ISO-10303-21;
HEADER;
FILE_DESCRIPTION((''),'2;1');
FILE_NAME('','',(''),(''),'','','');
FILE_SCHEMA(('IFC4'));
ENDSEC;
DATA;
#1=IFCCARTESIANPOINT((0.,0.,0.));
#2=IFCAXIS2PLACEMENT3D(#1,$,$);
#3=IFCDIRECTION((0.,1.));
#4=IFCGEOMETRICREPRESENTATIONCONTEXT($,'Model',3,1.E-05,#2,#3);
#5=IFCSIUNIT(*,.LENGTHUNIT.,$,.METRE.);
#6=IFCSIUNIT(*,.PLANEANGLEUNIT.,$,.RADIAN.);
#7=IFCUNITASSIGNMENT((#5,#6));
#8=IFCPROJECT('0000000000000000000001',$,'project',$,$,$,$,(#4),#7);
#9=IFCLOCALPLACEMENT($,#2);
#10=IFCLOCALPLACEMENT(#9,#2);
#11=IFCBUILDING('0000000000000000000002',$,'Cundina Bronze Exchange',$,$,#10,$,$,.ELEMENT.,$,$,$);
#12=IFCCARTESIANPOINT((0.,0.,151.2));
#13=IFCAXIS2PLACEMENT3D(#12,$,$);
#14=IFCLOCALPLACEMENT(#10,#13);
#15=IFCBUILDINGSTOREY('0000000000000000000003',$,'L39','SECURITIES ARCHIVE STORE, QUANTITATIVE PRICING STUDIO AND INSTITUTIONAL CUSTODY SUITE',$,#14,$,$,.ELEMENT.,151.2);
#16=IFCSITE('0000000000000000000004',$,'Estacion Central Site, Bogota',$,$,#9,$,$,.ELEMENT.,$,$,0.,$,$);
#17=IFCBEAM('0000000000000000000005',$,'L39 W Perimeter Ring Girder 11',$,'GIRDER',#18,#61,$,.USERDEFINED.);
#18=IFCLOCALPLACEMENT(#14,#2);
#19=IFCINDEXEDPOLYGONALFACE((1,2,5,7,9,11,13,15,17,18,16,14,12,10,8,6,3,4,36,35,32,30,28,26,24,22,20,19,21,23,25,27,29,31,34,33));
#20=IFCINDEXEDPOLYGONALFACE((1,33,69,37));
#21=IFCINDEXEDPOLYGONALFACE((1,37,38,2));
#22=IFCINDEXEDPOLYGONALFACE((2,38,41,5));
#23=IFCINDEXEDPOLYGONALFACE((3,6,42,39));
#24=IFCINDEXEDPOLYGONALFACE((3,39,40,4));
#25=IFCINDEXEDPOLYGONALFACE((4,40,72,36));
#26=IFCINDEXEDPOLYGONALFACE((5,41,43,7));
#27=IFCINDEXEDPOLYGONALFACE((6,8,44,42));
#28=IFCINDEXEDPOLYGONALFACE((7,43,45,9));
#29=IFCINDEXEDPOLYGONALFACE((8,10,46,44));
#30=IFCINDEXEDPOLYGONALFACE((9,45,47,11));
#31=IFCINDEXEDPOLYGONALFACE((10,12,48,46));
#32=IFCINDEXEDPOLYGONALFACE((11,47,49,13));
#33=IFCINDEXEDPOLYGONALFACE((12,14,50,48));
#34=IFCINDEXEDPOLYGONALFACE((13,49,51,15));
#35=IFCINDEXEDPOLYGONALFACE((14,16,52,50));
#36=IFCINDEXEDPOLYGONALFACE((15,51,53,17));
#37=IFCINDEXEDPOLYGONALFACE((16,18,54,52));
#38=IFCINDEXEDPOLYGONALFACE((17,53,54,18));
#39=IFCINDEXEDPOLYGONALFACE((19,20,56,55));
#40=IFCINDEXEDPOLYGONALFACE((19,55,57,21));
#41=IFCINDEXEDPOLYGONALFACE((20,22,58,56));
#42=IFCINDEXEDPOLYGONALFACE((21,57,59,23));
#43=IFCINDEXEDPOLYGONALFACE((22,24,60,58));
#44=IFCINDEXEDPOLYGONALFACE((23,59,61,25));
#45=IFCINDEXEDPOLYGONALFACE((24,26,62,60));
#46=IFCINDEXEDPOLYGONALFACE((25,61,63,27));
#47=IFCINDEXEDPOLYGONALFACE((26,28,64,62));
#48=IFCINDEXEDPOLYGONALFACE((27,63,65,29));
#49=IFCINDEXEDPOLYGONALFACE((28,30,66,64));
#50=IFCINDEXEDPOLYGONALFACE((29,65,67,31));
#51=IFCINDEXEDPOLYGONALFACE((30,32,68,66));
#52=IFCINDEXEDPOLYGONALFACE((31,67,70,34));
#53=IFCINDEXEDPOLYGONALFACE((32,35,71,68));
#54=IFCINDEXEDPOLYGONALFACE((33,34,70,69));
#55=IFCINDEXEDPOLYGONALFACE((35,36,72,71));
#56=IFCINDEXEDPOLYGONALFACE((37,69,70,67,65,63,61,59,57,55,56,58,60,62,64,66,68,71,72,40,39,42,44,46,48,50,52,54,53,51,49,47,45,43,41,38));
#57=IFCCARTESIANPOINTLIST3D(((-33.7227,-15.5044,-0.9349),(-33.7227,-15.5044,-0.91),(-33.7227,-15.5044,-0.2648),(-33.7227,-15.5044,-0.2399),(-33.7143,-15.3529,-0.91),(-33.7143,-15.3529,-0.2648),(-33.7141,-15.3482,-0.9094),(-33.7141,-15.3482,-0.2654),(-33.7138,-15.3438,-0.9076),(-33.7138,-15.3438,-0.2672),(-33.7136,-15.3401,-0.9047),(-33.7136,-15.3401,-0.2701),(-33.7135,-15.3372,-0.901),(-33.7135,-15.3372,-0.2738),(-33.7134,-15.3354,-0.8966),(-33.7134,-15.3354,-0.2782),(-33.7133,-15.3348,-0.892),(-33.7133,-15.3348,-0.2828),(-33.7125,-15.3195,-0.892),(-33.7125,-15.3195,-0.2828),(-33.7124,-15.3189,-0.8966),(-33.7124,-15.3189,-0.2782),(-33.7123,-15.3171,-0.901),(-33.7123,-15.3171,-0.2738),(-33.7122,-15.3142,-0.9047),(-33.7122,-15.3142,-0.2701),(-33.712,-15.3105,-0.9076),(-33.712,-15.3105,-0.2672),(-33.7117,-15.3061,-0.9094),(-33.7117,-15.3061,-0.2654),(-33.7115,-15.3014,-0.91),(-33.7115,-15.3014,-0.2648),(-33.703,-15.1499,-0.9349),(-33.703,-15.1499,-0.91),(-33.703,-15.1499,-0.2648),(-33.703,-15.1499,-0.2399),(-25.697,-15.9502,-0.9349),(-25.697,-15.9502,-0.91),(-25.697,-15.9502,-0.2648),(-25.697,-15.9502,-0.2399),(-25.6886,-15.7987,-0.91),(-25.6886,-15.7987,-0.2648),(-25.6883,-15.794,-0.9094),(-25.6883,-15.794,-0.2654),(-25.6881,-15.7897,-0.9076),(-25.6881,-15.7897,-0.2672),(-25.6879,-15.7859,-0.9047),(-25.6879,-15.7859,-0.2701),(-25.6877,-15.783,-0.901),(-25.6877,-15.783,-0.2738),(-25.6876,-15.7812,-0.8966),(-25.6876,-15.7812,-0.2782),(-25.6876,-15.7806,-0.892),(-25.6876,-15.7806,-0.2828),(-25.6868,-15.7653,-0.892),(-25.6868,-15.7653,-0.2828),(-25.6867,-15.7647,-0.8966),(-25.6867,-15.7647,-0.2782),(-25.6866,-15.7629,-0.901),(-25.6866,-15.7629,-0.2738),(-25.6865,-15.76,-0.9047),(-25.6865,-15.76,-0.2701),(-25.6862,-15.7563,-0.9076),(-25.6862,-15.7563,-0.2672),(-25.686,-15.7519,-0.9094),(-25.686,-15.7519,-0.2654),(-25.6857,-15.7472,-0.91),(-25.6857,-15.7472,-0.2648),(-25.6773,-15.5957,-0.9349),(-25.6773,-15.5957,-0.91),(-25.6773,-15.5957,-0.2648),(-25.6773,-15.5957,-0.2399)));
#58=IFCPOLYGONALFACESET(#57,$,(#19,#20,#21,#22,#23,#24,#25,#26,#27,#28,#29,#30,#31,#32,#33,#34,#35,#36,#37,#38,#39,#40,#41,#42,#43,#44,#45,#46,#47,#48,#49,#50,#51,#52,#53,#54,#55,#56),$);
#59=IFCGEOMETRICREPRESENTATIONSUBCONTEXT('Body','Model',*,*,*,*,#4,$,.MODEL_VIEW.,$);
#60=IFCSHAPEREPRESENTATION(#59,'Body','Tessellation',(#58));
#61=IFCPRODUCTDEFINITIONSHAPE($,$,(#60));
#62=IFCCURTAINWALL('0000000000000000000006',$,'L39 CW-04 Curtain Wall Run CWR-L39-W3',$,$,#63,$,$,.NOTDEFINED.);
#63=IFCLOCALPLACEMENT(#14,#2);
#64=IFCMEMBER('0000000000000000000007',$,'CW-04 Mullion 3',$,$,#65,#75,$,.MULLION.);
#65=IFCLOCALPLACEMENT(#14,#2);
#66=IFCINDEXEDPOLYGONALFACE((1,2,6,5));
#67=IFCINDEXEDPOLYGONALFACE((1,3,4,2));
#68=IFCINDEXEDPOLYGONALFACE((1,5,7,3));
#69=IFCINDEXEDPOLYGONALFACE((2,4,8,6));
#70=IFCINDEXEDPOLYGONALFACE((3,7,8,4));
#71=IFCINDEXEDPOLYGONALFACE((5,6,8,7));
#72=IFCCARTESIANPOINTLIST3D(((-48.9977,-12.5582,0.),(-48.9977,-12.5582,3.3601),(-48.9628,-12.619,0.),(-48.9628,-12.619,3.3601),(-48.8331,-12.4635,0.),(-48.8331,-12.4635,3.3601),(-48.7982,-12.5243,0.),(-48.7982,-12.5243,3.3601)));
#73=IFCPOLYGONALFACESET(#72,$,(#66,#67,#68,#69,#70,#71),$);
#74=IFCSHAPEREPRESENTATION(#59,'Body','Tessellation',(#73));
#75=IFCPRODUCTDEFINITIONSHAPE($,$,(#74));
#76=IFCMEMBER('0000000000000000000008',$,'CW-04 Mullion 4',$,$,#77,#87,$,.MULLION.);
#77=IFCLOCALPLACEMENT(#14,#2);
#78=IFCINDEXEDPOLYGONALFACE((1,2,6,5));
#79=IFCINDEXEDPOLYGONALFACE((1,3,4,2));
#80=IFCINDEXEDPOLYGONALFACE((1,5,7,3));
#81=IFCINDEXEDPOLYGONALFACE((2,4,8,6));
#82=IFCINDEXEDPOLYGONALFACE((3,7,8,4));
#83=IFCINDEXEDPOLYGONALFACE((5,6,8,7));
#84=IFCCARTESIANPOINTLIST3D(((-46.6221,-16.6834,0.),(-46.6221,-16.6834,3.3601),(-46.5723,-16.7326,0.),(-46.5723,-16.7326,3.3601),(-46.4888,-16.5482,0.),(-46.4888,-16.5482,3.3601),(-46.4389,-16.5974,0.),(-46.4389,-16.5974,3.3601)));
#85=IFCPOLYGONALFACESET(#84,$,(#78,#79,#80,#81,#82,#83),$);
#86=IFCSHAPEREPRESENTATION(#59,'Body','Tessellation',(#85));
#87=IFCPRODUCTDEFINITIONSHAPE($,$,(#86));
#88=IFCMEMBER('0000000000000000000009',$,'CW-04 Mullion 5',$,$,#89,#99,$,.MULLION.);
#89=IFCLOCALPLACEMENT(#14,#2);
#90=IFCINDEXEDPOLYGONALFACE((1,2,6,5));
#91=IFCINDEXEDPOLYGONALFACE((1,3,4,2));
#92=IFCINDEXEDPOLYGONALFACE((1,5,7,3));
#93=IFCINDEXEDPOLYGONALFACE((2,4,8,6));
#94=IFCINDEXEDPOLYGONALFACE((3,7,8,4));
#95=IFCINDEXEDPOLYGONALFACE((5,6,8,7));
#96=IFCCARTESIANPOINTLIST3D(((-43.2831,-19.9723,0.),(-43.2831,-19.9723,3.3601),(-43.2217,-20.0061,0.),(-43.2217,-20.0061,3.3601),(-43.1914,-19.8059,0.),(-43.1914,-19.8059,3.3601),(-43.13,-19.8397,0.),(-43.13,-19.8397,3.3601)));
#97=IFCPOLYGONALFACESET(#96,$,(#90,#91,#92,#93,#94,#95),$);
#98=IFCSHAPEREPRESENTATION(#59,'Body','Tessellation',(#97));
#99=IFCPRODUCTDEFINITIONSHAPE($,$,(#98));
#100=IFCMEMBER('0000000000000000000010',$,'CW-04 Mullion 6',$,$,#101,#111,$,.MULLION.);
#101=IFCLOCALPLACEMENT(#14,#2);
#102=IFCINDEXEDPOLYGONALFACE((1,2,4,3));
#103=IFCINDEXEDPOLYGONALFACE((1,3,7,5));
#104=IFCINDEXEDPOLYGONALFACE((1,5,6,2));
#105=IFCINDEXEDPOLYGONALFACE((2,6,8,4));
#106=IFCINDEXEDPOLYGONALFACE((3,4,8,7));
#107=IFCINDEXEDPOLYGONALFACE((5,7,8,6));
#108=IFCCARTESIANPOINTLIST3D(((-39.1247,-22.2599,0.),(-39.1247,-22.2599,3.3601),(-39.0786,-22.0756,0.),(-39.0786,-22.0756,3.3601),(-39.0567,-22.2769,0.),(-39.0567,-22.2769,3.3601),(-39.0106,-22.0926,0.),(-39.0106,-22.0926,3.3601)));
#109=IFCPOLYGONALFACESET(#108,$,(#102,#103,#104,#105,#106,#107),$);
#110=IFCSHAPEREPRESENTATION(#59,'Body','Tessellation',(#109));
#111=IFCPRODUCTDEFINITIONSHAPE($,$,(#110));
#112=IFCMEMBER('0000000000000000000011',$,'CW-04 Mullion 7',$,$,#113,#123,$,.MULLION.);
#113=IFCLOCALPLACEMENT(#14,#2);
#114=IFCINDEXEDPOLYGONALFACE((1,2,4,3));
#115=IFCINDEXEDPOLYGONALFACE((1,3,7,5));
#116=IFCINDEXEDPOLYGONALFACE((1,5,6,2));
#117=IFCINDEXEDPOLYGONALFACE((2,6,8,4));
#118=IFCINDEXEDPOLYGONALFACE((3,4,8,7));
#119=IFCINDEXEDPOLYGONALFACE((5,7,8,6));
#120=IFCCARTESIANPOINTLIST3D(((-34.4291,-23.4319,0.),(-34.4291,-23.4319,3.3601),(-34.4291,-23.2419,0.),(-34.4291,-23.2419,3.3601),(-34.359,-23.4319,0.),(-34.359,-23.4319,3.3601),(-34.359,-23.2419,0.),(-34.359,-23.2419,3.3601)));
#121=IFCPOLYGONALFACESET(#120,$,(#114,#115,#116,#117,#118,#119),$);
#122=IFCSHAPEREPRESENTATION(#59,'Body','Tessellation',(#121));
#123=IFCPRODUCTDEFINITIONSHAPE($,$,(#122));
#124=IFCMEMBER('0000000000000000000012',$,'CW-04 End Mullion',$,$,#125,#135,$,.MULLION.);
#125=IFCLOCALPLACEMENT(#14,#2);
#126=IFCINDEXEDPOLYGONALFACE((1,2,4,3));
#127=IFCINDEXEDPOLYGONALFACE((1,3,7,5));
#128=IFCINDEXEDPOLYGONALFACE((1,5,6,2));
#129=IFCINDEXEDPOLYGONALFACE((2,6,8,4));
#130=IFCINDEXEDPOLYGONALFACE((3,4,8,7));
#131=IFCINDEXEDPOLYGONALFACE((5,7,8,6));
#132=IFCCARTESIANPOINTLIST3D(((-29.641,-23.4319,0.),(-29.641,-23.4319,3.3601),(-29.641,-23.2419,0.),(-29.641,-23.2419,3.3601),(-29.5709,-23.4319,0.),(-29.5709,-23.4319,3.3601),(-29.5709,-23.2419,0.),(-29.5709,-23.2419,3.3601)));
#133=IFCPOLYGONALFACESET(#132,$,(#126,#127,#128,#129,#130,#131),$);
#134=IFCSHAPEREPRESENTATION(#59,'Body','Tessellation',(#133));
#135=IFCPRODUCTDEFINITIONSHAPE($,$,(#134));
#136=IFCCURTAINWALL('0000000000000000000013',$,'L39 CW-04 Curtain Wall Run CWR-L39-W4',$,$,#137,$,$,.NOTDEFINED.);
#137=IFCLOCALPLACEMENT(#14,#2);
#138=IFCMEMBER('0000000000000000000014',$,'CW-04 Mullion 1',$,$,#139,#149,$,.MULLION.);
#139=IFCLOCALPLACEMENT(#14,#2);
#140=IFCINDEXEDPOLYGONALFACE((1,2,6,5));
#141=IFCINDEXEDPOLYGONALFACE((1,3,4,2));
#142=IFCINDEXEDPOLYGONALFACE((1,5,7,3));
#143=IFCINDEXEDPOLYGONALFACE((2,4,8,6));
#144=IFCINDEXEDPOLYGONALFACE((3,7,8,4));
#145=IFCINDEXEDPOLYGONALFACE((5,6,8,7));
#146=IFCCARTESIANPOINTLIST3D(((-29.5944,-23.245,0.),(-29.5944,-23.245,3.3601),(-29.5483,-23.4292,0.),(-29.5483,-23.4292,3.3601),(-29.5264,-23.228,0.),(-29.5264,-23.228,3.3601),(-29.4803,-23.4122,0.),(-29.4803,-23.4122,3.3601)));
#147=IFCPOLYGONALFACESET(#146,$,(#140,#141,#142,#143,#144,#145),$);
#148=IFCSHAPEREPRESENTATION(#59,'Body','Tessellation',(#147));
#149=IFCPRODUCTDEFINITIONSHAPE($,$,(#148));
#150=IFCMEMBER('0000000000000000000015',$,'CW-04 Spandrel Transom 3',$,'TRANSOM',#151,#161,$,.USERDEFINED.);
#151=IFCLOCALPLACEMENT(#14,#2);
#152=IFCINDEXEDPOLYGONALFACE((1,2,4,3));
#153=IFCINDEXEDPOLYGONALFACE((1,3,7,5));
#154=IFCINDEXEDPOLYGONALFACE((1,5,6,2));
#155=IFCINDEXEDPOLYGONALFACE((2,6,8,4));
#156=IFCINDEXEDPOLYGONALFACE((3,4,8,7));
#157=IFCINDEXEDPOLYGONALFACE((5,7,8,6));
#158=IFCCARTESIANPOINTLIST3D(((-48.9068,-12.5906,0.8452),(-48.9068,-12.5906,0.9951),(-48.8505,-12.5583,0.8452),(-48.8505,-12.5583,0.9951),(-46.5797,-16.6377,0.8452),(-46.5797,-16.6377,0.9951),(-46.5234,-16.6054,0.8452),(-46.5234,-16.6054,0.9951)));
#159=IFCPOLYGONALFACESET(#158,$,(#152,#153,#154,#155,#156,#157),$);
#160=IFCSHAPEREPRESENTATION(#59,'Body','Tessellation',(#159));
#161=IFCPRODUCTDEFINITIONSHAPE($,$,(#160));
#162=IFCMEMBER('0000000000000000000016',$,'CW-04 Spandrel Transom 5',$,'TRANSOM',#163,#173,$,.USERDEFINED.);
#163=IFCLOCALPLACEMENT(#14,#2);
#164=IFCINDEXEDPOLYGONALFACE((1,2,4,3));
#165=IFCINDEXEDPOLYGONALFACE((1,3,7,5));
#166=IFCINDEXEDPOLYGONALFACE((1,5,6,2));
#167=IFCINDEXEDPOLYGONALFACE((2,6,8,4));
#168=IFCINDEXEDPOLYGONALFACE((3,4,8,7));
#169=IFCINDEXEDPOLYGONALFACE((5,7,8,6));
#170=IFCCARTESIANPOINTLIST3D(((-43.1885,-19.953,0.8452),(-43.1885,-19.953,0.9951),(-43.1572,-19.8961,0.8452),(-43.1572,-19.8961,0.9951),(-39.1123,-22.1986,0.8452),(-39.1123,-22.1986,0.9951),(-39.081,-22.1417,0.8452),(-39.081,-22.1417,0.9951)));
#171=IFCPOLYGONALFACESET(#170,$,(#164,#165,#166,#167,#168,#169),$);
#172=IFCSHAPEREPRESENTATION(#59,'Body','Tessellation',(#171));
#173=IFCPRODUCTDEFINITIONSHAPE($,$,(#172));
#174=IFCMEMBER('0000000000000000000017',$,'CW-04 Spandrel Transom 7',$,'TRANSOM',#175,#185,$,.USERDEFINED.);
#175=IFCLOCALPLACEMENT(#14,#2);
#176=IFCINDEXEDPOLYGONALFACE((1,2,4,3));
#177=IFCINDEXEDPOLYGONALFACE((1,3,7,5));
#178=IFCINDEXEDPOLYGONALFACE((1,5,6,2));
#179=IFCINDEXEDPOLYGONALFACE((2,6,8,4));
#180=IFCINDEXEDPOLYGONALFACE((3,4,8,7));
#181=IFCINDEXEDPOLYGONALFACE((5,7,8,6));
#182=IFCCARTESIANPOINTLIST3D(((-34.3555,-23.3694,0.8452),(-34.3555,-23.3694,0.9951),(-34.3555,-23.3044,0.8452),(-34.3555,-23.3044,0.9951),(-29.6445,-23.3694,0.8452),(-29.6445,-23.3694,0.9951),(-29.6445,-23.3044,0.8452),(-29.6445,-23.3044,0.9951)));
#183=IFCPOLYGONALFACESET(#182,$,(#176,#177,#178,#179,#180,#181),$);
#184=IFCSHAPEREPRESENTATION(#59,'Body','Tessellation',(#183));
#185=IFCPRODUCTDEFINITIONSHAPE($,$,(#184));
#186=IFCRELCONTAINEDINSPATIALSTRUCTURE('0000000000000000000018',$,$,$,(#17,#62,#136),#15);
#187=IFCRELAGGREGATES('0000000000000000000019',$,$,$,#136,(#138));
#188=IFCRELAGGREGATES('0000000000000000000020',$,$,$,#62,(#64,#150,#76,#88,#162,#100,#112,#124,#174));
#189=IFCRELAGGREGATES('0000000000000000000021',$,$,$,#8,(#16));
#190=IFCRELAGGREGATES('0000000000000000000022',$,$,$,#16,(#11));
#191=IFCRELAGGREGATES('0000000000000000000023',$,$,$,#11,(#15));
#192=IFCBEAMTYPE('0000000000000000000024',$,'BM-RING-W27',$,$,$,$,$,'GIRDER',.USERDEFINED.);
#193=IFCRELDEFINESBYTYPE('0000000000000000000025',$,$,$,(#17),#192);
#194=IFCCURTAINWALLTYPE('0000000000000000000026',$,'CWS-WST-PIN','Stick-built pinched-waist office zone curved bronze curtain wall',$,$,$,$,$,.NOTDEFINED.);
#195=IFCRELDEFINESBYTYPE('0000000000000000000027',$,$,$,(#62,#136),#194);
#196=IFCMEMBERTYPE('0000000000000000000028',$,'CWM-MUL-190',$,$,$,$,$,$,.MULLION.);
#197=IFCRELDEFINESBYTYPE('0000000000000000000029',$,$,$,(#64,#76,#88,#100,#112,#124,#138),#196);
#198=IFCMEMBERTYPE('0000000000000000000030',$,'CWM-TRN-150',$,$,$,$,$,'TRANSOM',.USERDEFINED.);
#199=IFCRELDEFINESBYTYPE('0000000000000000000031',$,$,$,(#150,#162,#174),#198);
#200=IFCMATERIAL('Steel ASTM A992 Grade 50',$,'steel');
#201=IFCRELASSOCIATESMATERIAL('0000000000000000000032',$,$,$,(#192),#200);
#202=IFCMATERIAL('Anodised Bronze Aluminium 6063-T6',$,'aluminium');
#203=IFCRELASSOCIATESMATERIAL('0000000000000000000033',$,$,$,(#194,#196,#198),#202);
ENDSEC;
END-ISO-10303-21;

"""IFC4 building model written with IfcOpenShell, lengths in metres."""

from ifc_helpers import new_model, si_unit, direction, frame, origin, origin_2d, place, context, subcontext, project, spatial, rectangle, i_section, extrude, material, material_profile, profile_set, type_object, element, aggregate, save


model = new_model("IFC4")

# Units and contexts
model_context = context("Model", 3, precision=1e-05, world=origin(), true_north=direction((0.0, 1.0)))
body_context = subcontext(model_context, "Body", "Model", "MODEL_VIEW")
ifc_project = project(units=[si_unit("LENGTHUNIT", "METRE"), si_unit("PLANEANGLEUNIT", "RADIAN")], contexts=[model_context])

# Site, building, storey
site_placement = place(None, origin())
site = spatial("IfcSite", under=ifc_project, at=site_placement, Name="Estacion Central Site, Bogota", CompositionType="ELEMENT", RefElevation=0.0)
building_placement = place(site_placement, origin())
building = spatial("IfcBuilding", under=site, at=building_placement, Name="Cundina Bronze Exchange", CompositionType="ELEMENT")
storey_placement = place(building_placement, frame((0.0, 0.0, 151.2)))
storey = spatial("IfcBuildingStorey", under=building, at=storey_placement, Name="L39", Description="SECURITIES ARCHIVE STORE, QUANTITATIVE PRICING STUDIO AND INSTITUTIONAL CUSTODY SUITE", CompositionType="ELEMENT", Elevation=151.2)

# Beam
ifc_material_1 = material(Name="Steel ASTM A992 Grade 50", Category="steel")
ifc_material_profile_1 = material_profile(ifc_material_1, i_section(OverallWidth=0.355, OverallDepth=0.6951, WebThickness=0.0154, FlangeThickness=0.0249, FilletRadius=0.0181, at=origin_2d()), Name="W27X146", Category="steel")
ifc_profile_set_1 = profile_set([ifc_material_profile_1], Name="Steel ASTM A992 Grade 50")
beam_type_1 = type_object("IfcBeamType", Name="BM-RING-W27", ElementType="GIRDER", PredefinedType="USERDEFINED", material=ifc_profile_set_1)
for number, where, z_axis, x_axis, name in (
    (1, (-33.7129, -15.3271, -0.5874), (0.998461, -0.055462, 0.0), (0.055462, 0.998461, 0.0), "L39 W Perimeter Ring Girder 11"),
):
    element("IfcBeam", number, at=place(storey_placement, frame(where, z_axis=z_axis, x_axis=x_axis)), inside=storey, type_object=beam_type_1, Name=name, ObjectType="GIRDER", PredefinedType="USERDEFINED", context=body_context, shape_type="SweptSolid", body=[
        extrude(i_section(OverallWidth=0.355, OverallDepth=0.6951, WebThickness=0.0154, FlangeThickness=0.0249, FilletRadius=0.0181, at=origin_2d()), origin(), (0.0, 0.0, 1.0), 8.0381),
    ])

# Curtain wall, members
ifc_material_2 = material(Name="Anodised Bronze Aluminium 6063-T6", Category="aluminium")
curtain_wall_type = type_object("IfcCurtainWallType", Name="CWS-WST-PIN", Description="Stick-built pinched-waist office zone curved bronze curtain wall", PredefinedType="NOTDEFINED", material=ifc_material_2)
curtain_wall_1_placement = place(storey_placement, origin())
curtain_wall_1 = element("IfcCurtainWall", 2, at=curtain_wall_1_placement, inside=storey, type_object=curtain_wall_type, Name="L39 CW-04 Curtain Wall Run CWR-L39-W3", PredefinedType="NOTDEFINED")
ifc_material_profile_2 = material_profile(ifc_material_2, rectangle(XDim=0.0701, YDim=0.1899, at=origin_2d()), Name="AL70X190", Category="aluminium")
ifc_profile_set_2 = profile_set([ifc_material_profile_2], Name="Anodised Bronze Aluminium 6063-T6")
member_type_1 = type_object("IfcMemberType", Name="CWM-MUL-190", PredefinedType="MULLION", material=ifc_profile_set_2)
member_1_placement = place(storey_placement, frame((-48.8979, -12.5413, 0.0), z_axis=(0.0, 0.0, 1.0), x_axis=(0.498488, -0.866897, 0.0)))
member_1 = element("IfcMember", 3, at=member_1_placement, type_object=member_type_1, Name="CW-04 Mullion 3", PredefinedType="MULLION", context=body_context, shape_type="SweptSolid", body=[
    extrude(rectangle(XDim=0.0701, YDim=0.1899, at=origin_2d()), origin(), (0.0, 0.0, 1.0), 3.3601),
])
member_2_placement = place(storey_placement, frame((-46.5305, -16.6404, 0.0), z_axis=(0.0, 0.0, 1.0), x_axis=(0.712026, -0.702153, 0.0)))
member_2 = element("IfcMember", 4, at=member_2_placement, type_object=member_type_1, Name="CW-04 Mullion 4", PredefinedType="MULLION", context=body_context, shape_type="SweptSolid", body=[
    extrude(rectangle(XDim=0.0701, YDim=0.1899, at=origin_2d()), origin(), (0.0, 0.0, 1.0), 3.3601),
])
member_3_placement = place(storey_placement, frame((-43.2065, -19.906, 0.0), z_axis=(0.0, 0.0, 1.0), x_axis=(0.875886, -0.482518, 0.0)))
member_3 = element("IfcMember", 5, at=member_3_placement, type_object=member_type_1, Name="CW-04 Mullion 5", PredefinedType="MULLION", context=body_context, shape_type="SweptSolid", body=[
    extrude(rectangle(XDim=0.0701, YDim=0.1899, at=origin_2d()), origin(), (0.0, 0.0, 1.0), 3.3601),
])
member_4_placement = place(storey_placement, frame((-39.0676, -22.1763, 0.0), z_axis=(0.0, 0.0, 1.0), x_axis=(0.970084, -0.242769, 0.0)))
member_4 = element("IfcMember", 6, at=member_4_placement, type_object=member_type_1, Name="CW-04 Mullion 6", PredefinedType="MULLION", context=body_context, shape_type="SweptSolid", body=[
    extrude(rectangle(XDim=0.0701, YDim=0.1899, at=origin_2d()), origin(), (0.0, 0.0, 1.0), 3.3601),
])
member_5_placement = place(storey_placement, frame((-34.394, -23.3369, 0.0), z_axis=(0.0, 0.0, 1.0), x_axis=(1.0, 0.0, 0.0)))
member_5 = element("IfcMember", 7, at=member_5_placement, type_object=member_type_1, Name="CW-04 Mullion 7", PredefinedType="MULLION", context=body_context, shape_type="SweptSolid", body=[
    extrude(rectangle(XDim=0.0701, YDim=0.1899, at=origin_2d()), origin(), (0.0, 0.0, 1.0), 3.3601),
])
member_6_placement = place(storey_placement, frame((-29.606, -23.3369, 0.0), z_axis=(0.0, 0.0, 1.0), x_axis=(1.0, 0.0, 0.0)))
member_6 = element("IfcMember", 8, at=member_6_placement, type_object=member_type_1, Name="CW-04 End Mullion", PredefinedType="MULLION", context=body_context, shape_type="SweptSolid", body=[
    extrude(rectangle(XDim=0.0701, YDim=0.1899, at=origin_2d()), origin(), (0.0, 0.0, 1.0), 3.3601),
])

# Curtain wall, member
curtain_wall_2_placement = place(storey_placement, origin())
curtain_wall_2 = element("IfcCurtainWall", 9, at=curtain_wall_2_placement, inside=storey, type_object=curtain_wall_type, Name="L39 CW-04 Curtain Wall Run CWR-L39-W4", PredefinedType="NOTDEFINED")
member_7_placement = place(storey_placement, frame((-29.5374, -23.3286, 0.0), z_axis=(0.0, 0.0, 1.0), x_axis=(0.970084, 0.242769, 0.0)))
member_7 = element("IfcMember", 10, at=member_7_placement, type_object=member_type_1, Name="CW-04 Mullion 1", PredefinedType="MULLION", context=body_context, shape_type="SweptSolid", body=[
    extrude(rectangle(XDim=0.0701, YDim=0.1899, at=origin_2d()), origin(), (0.0, 0.0, 1.0), 3.3601),
])
aggregate(curtain_wall_2, [member_7])

# Members
ifc_material_profile_3 = material_profile(ifc_material_2, rectangle(XDim=0.0649, YDim=0.1499, at=origin_2d()), Name="AL65X150", Category="aluminium")
ifc_profile_set_3 = profile_set([ifc_material_profile_3], Name="Anodised Bronze Aluminium 6063-T6")
member_type_2 = type_object("IfcMemberType", Name="CWM-TRN-150", ElementType="TRANSOM", PredefinedType="USERDEFINED", material=ifc_profile_set_3)
member_8_placement = place(storey_placement, frame((-48.8787, -12.5745, 0.9202), z_axis=(0.49848, -0.866901, 0.0), x_axis=(0.866901, 0.49848, 0.0)))
member_8 = element("IfcMember", 11, at=member_8_placement, type_object=member_type_2, Name="CW-04 Spandrel Transom 3", ObjectType="TRANSOM", PredefinedType="USERDEFINED", context=body_context, shape_type="SweptSolid", body=[
    extrude(rectangle(XDim=0.0649, YDim=0.1499, at=origin_2d()), origin(), (0.0, 0.0, 1.0), 4.6685),
])
member_9_placement = place(storey_placement, frame((-43.1729, -19.9246, 0.9202), z_axis=(0.875879, -0.482531, 0.0), x_axis=(0.482531, 0.875879, 0.0)))
member_9 = element("IfcMember", 12, at=member_9_placement, type_object=member_type_2, Name="CW-04 Spandrel Transom 5", ObjectType="TRANSOM", PredefinedType="USERDEFINED", context=body_context, shape_type="SweptSolid", body=[
    extrude(rectangle(XDim=0.0649, YDim=0.1499, at=origin_2d()), origin(), (0.0, 0.0, 1.0), 4.6538),
])
member_10_placement = place(storey_placement, frame((-34.3555, -23.3369, 0.9202), z_axis=(1.0, 0.0, 0.0), x_axis=(0.0, 1.0, 0.0)))
member_10 = element("IfcMember", 13, at=member_10_placement, type_object=member_type_2, Name="CW-04 Spandrel Transom 7", ObjectType="TRANSOM", PredefinedType="USERDEFINED", context=body_context, shape_type="SweptSolid", body=[
    extrude(rectangle(XDim=0.0649, YDim=0.1499, at=origin_2d()), origin(), (0.0, 0.0, 1.0), 4.7109),
])

aggregate(curtain_wall_1, [member_1, member_8, member_2, member_3, member_9, member_4, member_5, member_6, member_10])

save(model, "model.ifc")
